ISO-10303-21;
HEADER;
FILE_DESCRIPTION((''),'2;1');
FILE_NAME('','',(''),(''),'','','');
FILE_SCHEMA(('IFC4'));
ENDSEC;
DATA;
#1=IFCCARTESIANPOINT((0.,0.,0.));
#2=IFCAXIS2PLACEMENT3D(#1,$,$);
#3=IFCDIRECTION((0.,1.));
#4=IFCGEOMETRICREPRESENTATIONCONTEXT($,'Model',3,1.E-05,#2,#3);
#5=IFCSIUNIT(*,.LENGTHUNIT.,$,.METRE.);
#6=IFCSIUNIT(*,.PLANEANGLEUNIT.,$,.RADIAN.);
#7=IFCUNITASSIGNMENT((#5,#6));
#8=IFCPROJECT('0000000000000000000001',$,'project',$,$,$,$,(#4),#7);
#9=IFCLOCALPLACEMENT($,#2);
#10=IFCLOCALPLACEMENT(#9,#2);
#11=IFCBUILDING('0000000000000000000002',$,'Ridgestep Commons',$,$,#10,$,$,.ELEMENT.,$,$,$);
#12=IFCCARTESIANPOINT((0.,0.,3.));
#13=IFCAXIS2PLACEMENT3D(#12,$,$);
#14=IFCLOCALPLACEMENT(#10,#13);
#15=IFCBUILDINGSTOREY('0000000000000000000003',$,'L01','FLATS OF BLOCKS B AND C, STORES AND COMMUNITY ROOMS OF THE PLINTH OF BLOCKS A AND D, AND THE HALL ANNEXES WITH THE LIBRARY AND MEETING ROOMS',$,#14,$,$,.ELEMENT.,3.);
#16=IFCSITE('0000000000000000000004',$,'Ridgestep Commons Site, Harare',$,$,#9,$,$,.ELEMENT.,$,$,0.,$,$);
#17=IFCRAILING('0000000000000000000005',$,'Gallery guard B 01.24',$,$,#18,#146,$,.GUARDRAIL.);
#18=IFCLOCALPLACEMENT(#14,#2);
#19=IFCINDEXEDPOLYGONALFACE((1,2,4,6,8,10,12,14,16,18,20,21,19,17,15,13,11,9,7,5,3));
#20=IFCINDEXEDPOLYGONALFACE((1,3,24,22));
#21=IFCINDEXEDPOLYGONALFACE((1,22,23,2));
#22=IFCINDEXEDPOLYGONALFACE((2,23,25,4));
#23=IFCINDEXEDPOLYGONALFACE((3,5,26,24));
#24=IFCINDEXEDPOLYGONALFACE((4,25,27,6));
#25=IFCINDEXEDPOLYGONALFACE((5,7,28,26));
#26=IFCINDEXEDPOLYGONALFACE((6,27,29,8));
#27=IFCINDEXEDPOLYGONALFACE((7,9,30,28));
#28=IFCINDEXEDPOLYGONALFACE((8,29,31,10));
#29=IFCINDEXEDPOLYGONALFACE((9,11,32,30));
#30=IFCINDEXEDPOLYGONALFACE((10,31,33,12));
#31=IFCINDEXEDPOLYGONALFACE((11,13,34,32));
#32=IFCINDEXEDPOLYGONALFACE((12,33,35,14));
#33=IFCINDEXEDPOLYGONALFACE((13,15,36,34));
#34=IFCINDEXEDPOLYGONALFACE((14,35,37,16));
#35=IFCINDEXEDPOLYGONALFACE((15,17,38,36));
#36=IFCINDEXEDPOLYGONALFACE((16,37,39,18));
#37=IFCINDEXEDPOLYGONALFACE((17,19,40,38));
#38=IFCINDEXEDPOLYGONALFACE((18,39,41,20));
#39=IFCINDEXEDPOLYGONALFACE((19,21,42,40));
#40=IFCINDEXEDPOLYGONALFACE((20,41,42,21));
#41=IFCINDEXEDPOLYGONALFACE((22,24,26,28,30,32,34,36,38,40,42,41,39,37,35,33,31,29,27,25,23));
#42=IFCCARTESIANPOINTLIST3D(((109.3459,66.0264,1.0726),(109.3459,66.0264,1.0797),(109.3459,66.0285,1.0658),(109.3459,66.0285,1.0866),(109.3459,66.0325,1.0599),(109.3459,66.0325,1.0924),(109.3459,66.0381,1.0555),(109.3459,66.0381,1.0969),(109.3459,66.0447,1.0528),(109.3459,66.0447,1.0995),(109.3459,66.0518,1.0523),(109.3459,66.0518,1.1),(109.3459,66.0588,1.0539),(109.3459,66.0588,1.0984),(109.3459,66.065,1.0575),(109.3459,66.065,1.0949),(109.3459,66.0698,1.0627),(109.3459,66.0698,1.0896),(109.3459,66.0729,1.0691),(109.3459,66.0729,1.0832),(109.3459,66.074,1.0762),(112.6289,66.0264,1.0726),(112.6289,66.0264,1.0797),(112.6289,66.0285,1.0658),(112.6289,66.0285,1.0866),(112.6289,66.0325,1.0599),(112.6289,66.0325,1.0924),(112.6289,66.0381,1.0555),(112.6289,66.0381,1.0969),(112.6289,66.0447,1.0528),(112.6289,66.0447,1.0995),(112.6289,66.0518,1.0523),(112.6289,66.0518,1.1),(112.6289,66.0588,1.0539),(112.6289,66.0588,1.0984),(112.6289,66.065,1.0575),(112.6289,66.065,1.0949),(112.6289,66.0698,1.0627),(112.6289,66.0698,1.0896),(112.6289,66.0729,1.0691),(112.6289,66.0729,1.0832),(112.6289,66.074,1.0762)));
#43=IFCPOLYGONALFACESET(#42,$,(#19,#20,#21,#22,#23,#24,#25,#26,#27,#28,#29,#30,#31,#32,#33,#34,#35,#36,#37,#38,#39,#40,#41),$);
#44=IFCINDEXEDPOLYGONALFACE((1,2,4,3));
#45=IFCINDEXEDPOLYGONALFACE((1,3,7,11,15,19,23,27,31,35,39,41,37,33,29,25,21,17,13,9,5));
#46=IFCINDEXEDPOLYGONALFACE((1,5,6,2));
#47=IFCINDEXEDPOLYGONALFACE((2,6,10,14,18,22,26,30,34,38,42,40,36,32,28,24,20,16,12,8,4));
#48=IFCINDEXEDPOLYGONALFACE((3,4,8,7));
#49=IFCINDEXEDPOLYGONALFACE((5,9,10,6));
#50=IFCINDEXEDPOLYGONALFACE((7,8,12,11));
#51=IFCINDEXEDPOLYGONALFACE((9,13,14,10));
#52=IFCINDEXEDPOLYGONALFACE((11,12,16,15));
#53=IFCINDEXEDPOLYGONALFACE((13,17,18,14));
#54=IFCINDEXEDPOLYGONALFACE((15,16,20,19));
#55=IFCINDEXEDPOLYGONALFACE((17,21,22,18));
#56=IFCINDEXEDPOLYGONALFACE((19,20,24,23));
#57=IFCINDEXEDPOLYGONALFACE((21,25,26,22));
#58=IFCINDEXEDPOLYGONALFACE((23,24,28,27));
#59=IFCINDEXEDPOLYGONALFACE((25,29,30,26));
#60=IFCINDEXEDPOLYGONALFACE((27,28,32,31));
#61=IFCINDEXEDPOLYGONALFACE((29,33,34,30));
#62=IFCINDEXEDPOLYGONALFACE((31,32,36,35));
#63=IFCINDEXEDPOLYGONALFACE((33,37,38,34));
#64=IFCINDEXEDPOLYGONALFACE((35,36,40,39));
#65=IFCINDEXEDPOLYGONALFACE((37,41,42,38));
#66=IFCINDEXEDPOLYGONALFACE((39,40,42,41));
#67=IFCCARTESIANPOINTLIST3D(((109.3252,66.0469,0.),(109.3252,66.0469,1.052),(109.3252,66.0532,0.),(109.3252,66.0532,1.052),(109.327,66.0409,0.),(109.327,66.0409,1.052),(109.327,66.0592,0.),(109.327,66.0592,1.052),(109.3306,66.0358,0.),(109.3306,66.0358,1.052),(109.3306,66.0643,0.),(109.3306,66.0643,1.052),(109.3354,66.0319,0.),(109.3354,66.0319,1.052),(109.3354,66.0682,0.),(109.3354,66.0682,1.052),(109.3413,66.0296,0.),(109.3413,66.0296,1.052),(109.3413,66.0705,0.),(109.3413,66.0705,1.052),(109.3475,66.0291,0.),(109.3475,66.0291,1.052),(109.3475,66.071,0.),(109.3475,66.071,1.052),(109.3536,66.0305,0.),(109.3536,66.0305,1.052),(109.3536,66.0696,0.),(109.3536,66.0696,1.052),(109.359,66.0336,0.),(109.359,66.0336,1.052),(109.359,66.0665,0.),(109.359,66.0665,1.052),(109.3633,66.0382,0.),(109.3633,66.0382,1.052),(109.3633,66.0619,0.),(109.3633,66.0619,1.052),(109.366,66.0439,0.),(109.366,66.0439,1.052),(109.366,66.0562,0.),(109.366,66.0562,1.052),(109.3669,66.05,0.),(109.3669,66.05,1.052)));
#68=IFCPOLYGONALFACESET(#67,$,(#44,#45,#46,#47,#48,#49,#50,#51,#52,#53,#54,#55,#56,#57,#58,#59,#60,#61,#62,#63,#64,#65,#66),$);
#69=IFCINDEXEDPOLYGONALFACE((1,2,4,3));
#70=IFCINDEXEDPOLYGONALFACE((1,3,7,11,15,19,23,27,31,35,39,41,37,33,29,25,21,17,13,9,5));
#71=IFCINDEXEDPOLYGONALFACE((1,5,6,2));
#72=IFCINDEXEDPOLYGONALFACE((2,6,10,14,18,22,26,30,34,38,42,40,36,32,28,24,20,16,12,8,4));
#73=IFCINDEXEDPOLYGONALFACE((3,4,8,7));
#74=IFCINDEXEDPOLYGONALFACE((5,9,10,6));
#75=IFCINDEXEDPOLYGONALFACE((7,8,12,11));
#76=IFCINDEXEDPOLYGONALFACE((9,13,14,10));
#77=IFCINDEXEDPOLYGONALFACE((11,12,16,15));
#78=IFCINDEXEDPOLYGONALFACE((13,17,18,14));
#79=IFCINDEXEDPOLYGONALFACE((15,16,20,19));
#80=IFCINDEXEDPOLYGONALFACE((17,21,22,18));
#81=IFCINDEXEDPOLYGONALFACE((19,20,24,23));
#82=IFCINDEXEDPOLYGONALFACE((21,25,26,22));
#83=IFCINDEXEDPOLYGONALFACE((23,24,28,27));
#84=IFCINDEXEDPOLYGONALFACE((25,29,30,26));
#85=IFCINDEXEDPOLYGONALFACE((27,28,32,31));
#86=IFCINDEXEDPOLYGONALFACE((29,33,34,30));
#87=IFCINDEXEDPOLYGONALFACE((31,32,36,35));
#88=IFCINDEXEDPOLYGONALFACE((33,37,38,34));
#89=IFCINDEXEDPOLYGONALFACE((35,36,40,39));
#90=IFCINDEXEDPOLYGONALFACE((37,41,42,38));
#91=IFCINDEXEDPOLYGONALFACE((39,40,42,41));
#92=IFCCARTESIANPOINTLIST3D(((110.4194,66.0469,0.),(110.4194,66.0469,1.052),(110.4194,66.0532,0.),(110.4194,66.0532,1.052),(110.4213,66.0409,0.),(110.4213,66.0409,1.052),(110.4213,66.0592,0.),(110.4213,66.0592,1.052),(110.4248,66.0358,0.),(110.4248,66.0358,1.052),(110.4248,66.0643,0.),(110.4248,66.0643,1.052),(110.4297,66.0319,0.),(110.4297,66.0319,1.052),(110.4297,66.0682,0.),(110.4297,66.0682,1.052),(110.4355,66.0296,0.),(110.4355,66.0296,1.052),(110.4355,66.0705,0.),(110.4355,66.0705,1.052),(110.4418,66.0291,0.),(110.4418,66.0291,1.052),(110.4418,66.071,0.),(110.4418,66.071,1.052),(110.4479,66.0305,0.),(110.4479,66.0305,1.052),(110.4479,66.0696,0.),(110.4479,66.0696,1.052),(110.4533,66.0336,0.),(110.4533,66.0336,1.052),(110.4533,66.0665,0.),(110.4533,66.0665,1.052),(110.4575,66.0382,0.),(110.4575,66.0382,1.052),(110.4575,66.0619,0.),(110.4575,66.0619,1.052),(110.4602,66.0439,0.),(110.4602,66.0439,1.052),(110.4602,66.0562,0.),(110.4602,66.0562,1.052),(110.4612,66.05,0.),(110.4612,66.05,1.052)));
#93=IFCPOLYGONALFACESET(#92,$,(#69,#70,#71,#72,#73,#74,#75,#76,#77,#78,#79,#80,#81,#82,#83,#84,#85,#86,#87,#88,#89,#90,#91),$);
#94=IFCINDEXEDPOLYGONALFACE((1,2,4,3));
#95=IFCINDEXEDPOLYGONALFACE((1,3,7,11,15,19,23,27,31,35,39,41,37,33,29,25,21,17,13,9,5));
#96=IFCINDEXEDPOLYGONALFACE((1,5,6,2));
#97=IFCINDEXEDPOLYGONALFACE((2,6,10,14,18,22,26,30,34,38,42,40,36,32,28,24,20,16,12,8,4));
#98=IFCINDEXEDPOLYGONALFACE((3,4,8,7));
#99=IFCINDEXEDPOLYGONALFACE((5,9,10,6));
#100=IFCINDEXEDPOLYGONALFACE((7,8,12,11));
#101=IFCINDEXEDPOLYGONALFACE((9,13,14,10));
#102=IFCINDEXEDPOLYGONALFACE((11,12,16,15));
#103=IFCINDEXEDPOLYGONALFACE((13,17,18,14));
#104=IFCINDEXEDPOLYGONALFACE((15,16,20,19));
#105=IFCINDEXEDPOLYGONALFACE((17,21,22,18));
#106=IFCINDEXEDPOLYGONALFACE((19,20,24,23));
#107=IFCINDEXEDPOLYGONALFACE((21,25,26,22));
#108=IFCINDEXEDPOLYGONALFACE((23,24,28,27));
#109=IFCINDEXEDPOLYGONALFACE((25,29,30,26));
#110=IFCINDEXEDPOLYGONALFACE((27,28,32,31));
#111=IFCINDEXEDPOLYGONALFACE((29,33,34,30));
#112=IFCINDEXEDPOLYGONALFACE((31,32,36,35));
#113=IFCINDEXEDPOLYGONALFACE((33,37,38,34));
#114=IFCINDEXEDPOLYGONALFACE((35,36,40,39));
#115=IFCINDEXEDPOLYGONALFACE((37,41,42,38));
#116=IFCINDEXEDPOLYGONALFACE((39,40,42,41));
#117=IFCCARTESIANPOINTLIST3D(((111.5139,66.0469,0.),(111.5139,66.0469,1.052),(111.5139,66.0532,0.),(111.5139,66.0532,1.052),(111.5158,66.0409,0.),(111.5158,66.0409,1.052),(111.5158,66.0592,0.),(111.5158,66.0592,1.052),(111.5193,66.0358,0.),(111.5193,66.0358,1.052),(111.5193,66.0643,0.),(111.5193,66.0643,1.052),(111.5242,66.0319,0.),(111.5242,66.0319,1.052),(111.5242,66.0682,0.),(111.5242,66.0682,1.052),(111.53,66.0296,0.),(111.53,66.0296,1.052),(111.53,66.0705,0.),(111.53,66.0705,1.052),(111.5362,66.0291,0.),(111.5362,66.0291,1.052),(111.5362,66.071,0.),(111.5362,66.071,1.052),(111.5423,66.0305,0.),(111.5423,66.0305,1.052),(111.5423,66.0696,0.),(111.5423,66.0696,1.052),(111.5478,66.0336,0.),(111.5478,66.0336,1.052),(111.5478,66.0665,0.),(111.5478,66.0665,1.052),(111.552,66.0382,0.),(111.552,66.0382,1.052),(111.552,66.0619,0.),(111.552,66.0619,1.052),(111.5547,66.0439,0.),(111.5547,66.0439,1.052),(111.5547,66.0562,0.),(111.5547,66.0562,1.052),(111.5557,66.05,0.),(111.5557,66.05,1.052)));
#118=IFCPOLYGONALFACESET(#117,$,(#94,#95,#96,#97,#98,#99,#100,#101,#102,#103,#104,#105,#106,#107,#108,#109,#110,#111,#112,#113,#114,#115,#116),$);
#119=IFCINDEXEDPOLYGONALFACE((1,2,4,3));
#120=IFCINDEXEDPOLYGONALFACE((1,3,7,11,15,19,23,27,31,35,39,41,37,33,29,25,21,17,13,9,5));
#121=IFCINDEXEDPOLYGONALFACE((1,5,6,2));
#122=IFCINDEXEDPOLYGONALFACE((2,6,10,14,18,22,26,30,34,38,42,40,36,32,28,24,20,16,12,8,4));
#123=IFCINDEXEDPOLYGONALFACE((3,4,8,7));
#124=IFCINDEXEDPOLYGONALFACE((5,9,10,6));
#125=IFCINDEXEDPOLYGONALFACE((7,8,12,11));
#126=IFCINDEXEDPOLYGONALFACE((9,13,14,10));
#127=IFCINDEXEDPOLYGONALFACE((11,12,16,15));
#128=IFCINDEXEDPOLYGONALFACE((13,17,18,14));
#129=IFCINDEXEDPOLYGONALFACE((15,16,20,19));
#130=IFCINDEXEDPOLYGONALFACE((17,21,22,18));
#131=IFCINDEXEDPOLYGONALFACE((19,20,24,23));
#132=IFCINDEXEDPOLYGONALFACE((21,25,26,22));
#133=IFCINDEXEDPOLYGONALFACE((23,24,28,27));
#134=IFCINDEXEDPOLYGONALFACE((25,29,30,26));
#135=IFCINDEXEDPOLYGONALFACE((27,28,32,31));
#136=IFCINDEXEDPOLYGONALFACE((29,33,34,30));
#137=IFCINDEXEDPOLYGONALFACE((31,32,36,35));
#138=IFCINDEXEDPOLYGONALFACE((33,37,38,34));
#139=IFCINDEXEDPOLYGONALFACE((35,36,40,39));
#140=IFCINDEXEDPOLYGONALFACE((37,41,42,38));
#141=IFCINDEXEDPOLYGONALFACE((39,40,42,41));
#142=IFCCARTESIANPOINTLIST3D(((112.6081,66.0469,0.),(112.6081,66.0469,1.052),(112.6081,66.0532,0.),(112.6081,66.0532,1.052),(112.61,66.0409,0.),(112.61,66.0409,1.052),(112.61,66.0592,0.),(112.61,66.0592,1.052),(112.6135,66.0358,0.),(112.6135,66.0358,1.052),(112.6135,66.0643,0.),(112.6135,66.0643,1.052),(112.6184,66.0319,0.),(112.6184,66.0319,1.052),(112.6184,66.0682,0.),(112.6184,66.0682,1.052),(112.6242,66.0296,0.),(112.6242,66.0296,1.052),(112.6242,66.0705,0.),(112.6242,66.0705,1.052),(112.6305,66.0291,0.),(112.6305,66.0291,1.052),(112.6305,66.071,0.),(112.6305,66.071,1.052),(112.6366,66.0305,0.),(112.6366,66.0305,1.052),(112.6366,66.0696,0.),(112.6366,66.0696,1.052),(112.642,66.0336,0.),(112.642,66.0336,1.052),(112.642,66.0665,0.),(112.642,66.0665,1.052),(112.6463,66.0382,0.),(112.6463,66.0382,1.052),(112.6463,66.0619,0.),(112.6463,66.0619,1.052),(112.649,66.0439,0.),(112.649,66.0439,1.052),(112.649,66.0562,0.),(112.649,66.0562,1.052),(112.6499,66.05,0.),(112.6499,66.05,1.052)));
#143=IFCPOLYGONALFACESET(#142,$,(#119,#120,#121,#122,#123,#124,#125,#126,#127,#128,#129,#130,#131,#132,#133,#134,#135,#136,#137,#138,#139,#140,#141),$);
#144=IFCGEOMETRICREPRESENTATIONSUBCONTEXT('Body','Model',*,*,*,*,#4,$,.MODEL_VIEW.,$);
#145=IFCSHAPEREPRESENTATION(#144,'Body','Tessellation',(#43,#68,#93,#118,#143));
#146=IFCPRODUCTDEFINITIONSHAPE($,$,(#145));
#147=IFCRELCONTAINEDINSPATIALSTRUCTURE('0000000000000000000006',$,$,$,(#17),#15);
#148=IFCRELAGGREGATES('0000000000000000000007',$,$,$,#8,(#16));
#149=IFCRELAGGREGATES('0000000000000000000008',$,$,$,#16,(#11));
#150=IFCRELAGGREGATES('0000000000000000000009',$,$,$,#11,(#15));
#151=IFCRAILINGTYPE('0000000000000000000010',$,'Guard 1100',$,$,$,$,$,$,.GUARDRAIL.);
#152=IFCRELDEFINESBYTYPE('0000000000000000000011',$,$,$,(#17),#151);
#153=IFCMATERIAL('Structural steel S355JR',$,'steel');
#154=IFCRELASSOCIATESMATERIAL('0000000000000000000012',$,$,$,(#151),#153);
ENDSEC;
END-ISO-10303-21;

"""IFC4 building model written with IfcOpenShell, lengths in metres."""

from ifc_helpers import new_model, si_unit, direction, frame, origin, origin_2d, place, context, subcontext, project, spatial, circle, extrude, material, type_object, element, save


model = new_model("IFC4")

# Units and contexts
model_context = context("Model", 3, precision=1e-05, world=origin(), true_north=direction((0.0, 1.0)))
body_context = subcontext(model_context, "Body", "Model", "MODEL_VIEW")
ifc_project = project(units=[si_unit("LENGTHUNIT", "METRE"), si_unit("PLANEANGLEUNIT", "RADIAN")], contexts=[model_context])

# Site, building, storey
site_placement = place(None, origin())
site = spatial("IfcSite", under=ifc_project, at=site_placement, Name="Ridgestep Commons Site, Harare", CompositionType="ELEMENT", RefElevation=0.0)
building_placement = place(site_placement, origin())
building = spatial("IfcBuilding", under=site, at=building_placement, Name="Ridgestep Commons", CompositionType="ELEMENT")
storey_placement = place(building_placement, frame((0.0, 0.0, 3.0)))
storey = spatial("IfcBuildingStorey", under=building, at=storey_placement, Name="L01", Description="FLATS OF BLOCKS B AND C, STORES AND COMMUNITY ROOMS OF THE PLINTH OF BLOCKS A AND D, AND THE HALL ANNEXES WITH THE LIBRARY AND MEETING ROOMS", CompositionType="ELEMENT", Elevation=3.0)

# Railing
ifc_material_1 = material(Name="Structural steel S355JR", Category="steel")
railing_type = type_object("IfcRailingType", Name="Guard 1100", PredefinedType="GUARDRAIL", material=ifc_material_1)
railing_1_placement = place(storey_placement, frame((109.3459, 66.05, 0.0)))
element("IfcRailing", 1, at=railing_1_placement, inside=storey, type_object=railing_type, Name="Gallery guard B 01.24", PredefinedType="GUARDRAIL", context=body_context, shape_type="SweptSolid", body=[
    extrude(circle(Radius=0.0239, at=origin_2d()), frame((0.0, 0.0, 1.0762), z_axis=(1.0, 0.0, 0.0), x_axis=(0.0, 1.0, 0.0)), (0.0, 0.0, 1.0), 3.283),
    extrude(circle(Radius=0.021, at=origin_2d()), origin(), (0.0, 0.0, 1.0), 1.052),
    extrude(circle(Radius=0.021, at=origin_2d()), frame((1.0942, 0.0, 0.0)), (0.0, 0.0, 1.0), 1.052),
    extrude(circle(Radius=0.021, at=origin_2d()), frame((2.1887, 0.0, 0.0)), (0.0, 0.0, 1.0), 1.052),
    extrude(circle(Radius=0.021, at=origin_2d()), frame((3.283, 0.0, 0.0)), (0.0, 0.0, 1.0), 1.052),
])

save(model, "model.ifc")
